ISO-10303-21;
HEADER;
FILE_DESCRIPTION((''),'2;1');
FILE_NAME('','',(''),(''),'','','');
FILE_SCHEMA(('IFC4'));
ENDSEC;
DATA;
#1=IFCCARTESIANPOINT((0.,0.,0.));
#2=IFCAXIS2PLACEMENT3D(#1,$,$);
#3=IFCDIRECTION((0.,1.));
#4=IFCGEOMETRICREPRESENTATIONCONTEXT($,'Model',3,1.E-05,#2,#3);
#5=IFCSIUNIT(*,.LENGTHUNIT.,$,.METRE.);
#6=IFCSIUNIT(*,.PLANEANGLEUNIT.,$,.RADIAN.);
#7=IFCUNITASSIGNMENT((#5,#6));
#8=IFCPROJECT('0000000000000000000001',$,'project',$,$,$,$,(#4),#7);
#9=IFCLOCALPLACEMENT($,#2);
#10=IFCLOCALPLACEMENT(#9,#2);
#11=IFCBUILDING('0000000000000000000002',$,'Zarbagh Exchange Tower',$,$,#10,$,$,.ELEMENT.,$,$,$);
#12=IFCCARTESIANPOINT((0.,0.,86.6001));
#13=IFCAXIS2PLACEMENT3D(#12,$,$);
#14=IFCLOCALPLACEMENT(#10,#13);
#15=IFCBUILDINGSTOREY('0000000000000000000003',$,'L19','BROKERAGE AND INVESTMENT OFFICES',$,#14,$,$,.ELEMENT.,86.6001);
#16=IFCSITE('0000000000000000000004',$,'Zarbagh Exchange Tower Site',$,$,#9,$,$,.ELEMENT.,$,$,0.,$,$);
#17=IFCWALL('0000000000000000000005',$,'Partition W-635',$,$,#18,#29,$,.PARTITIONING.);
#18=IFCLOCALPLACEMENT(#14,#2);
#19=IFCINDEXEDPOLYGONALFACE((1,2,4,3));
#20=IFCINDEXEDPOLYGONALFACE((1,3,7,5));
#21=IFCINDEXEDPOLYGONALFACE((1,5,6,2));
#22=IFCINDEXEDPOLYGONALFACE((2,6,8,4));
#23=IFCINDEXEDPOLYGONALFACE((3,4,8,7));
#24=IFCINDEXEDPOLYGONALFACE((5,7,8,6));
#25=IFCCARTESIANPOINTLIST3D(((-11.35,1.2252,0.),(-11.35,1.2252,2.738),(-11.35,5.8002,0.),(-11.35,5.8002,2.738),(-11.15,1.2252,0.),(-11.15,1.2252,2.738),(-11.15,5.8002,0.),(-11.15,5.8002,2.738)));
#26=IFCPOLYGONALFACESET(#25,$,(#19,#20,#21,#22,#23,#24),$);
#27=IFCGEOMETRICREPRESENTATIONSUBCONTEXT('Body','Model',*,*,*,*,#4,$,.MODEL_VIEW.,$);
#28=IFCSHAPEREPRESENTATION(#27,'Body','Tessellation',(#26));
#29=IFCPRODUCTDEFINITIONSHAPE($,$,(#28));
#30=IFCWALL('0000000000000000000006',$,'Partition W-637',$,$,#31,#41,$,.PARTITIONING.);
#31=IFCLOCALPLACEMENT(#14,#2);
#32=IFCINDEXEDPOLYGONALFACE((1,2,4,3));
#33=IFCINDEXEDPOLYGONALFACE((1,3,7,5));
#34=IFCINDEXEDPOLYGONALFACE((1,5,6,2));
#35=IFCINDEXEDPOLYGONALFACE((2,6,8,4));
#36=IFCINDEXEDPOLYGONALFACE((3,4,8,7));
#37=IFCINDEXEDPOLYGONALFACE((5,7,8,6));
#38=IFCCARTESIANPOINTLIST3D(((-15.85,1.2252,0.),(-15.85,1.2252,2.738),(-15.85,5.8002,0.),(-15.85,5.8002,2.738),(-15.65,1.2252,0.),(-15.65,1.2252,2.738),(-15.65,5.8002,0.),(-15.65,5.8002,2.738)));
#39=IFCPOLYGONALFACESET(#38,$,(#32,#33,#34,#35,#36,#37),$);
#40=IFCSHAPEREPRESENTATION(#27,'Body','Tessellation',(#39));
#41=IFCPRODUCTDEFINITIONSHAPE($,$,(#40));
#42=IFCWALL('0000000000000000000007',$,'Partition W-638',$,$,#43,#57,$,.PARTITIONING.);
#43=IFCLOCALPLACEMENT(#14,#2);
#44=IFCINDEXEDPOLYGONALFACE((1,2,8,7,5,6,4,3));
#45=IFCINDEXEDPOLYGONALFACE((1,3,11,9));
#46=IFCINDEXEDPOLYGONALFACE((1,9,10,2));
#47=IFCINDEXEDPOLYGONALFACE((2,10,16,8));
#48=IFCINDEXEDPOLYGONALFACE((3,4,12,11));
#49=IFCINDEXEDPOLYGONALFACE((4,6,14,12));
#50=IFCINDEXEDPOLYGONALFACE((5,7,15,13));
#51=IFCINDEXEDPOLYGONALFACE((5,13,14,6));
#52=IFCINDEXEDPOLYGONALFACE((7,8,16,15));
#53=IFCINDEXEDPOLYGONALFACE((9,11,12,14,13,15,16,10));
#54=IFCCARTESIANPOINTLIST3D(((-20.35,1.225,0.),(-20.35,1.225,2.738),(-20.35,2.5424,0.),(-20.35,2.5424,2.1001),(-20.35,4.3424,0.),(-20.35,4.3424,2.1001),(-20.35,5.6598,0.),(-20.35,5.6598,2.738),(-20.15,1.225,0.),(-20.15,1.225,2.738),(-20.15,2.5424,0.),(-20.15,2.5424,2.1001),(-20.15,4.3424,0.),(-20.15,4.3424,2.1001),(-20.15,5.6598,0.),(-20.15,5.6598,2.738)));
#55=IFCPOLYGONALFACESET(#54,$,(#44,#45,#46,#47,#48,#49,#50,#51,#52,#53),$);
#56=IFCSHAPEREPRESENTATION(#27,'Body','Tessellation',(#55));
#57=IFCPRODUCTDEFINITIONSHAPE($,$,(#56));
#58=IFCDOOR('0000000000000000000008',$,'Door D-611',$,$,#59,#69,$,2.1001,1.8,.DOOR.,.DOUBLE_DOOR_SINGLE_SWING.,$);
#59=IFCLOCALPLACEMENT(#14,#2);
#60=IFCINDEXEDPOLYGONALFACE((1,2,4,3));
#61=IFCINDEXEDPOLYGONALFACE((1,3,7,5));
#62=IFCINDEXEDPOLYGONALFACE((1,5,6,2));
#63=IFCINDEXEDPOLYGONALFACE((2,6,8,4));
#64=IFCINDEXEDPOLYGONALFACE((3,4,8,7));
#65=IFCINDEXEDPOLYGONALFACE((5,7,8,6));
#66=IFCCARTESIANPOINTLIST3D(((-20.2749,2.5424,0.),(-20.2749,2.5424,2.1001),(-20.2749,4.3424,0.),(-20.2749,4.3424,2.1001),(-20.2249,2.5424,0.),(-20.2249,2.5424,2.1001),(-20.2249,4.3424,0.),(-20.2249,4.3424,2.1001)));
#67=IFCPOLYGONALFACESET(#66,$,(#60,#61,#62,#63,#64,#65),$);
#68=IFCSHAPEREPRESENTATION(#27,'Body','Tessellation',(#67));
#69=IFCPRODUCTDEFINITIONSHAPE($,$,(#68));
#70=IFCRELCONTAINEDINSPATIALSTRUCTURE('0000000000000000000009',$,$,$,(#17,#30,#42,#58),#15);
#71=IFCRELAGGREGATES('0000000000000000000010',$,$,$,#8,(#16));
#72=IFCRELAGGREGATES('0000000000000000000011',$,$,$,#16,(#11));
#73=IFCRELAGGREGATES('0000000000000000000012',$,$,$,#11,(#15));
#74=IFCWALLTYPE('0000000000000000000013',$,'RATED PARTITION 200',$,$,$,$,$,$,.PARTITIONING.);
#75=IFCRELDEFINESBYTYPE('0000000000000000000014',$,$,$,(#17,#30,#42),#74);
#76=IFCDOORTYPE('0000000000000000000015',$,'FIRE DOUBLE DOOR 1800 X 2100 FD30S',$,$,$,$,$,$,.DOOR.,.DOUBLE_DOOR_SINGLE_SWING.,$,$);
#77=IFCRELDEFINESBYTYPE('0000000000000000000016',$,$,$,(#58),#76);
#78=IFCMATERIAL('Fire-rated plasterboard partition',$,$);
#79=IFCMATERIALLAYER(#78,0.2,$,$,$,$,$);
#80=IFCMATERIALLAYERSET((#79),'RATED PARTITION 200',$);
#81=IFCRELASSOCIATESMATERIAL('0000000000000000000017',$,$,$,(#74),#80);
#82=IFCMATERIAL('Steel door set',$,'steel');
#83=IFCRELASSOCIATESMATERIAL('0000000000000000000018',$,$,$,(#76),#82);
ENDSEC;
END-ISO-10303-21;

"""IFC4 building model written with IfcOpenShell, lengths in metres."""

from ifc_helpers import new_model, si_unit, direction, frame, frame_2d, origin, place, context, subcontext, project, spatial, rectangle, extrude, material, layer, layer_set, type_object, element, fill, save


model = new_model("IFC4")

# Units and contexts
model_context = context("Model", 3, precision=1e-05, world=origin(), true_north=direction((0.0, 1.0)))
body_context = subcontext(model_context, "Body", "Model", "MODEL_VIEW")
ifc_project = project(units=[si_unit("LENGTHUNIT", "METRE"), si_unit("PLANEANGLEUNIT", "RADIAN")], contexts=[model_context])

# Site, building, storey
site_placement = place(None, origin())
site = spatial("IfcSite", under=ifc_project, at=site_placement, Name="Zarbagh Exchange Tower Site", CompositionType="ELEMENT", RefElevation=0.0)
building_placement = place(site_placement, origin())
building = spatial("IfcBuilding", under=site, at=building_placement, Name="Zarbagh Exchange Tower", CompositionType="ELEMENT")
storey_placement = place(building_placement, frame((0.0, 0.0, 86.6001)))
storey = spatial("IfcBuildingStorey", under=building, at=storey_placement, Name="L19", Description="BROKERAGE AND INVESTMENT OFFICES", CompositionType="ELEMENT", Elevation=86.6001)

# Shared definitions
ifc_material_1 = material(Name="Fire-rated plasterboard partition")
ifc_layer_1 = layer(ifc_material_1, 0.2)
ifc_layer_set_1 = layer_set([ifc_layer_1], Name="RATED PARTITION 200")
wall_type_1 = type_object("IfcWallType", Name="RATED PARTITION 200", PredefinedType="PARTITIONING", material=ifc_layer_set_1)

# Shared definitions
ifc_material_2 = material(Name="Steel door set", Category="steel")

# Walls
for number, where, z_axis, x_axis, name in (
    (1, (-11.25, 1.2251, 0.0), (0.0, 0.0, 1.0), (0.0, 1.0, 0.0), "Partition W-635"),
    (2, (-15.75, 1.2251, 0.0), (0.0, 0.0, 1.0), (0.0, 1.0, 0.0), "Partition W-637"),
):
    element("IfcWall", number, at=place(storey_placement, frame(where, z_axis=z_axis, x_axis=x_axis)), inside=storey, type_object=wall_type_1, Name=name, PredefinedType="PARTITIONING", context=body_context, shape_type="SweptSolid", body=[
        extrude(rectangle(XDim=4.575, YDim=0.2, at=frame_2d((2.2876, 0.0))), origin(), (0.0, 0.0, 1.0), 2.738),
    ])

# Wall, opening, door
wall_1_placement = place(storey_placement, frame((-20.25, 1.2251, 0.0), z_axis=(0.0, 0.0, 1.0), x_axis=(0.0, 1.0, 0.0)))
wall_1 = element("IfcWall", 3, at=wall_1_placement, inside=storey, type_object=wall_type_1, Name="Partition W-638", PredefinedType="PARTITIONING", context=body_context, shape_type="SweptSolid", body=[
    extrude(rectangle(XDim=4.4348, YDim=0.2, at=frame_2d((2.2173, 0.0))), origin(), (0.0, 0.0, 1.0), 2.738),
])
opening_1_placement = place(wall_1_placement, frame((1.3174, 0.0, 0.0)))
opening_1 = element("IfcOpeningElement", 4, at=opening_1_placement, cuts=wall_1, PredefinedType="OPENING", context=body_context, shape_type="SweptSolid", body=[
    extrude(rectangle(XDim=1.8, YDim=2.1001, at=frame_2d((0.8999, 1.05))), frame((0.0, 0.1099, 0.0), z_axis=(0.0, -1.0, 0.0), x_axis=(1.0, 0.0, 0.0)), (0.0, 0.0, 1.0), 0.22),
])
door_type_1 = type_object("IfcDoorType", Name="FIRE DOUBLE DOOR 1800 X 2100 FD30S", OperationType="DOUBLE_DOOR_SINGLE_SWING", PredefinedType="DOOR", material=ifc_material_2)
door_1_placement = place(opening_1_placement, origin())
door_1 = element("IfcDoor", 5, at=door_1_placement, inside=storey, type_object=door_type_1, Name="Door D-611", OperationType="DOUBLE_DOOR_SINGLE_SWING", OverallHeight=2.1001, OverallWidth=1.8, PredefinedType="DOOR", context=body_context, shape_type="SweptSolid", body=[
    extrude(rectangle(XDim=1.8, YDim=2.1001, at=frame_2d((0.8999, 1.05))), frame((0.0, 0.0249, 0.0), z_axis=(0.0, -1.0, 0.0), x_axis=(1.0, 0.0, 0.0)), (0.0, 0.0, 1.0), 0.05),
])
fill(opening_1, door_1)

save(model, "model.ifc")
